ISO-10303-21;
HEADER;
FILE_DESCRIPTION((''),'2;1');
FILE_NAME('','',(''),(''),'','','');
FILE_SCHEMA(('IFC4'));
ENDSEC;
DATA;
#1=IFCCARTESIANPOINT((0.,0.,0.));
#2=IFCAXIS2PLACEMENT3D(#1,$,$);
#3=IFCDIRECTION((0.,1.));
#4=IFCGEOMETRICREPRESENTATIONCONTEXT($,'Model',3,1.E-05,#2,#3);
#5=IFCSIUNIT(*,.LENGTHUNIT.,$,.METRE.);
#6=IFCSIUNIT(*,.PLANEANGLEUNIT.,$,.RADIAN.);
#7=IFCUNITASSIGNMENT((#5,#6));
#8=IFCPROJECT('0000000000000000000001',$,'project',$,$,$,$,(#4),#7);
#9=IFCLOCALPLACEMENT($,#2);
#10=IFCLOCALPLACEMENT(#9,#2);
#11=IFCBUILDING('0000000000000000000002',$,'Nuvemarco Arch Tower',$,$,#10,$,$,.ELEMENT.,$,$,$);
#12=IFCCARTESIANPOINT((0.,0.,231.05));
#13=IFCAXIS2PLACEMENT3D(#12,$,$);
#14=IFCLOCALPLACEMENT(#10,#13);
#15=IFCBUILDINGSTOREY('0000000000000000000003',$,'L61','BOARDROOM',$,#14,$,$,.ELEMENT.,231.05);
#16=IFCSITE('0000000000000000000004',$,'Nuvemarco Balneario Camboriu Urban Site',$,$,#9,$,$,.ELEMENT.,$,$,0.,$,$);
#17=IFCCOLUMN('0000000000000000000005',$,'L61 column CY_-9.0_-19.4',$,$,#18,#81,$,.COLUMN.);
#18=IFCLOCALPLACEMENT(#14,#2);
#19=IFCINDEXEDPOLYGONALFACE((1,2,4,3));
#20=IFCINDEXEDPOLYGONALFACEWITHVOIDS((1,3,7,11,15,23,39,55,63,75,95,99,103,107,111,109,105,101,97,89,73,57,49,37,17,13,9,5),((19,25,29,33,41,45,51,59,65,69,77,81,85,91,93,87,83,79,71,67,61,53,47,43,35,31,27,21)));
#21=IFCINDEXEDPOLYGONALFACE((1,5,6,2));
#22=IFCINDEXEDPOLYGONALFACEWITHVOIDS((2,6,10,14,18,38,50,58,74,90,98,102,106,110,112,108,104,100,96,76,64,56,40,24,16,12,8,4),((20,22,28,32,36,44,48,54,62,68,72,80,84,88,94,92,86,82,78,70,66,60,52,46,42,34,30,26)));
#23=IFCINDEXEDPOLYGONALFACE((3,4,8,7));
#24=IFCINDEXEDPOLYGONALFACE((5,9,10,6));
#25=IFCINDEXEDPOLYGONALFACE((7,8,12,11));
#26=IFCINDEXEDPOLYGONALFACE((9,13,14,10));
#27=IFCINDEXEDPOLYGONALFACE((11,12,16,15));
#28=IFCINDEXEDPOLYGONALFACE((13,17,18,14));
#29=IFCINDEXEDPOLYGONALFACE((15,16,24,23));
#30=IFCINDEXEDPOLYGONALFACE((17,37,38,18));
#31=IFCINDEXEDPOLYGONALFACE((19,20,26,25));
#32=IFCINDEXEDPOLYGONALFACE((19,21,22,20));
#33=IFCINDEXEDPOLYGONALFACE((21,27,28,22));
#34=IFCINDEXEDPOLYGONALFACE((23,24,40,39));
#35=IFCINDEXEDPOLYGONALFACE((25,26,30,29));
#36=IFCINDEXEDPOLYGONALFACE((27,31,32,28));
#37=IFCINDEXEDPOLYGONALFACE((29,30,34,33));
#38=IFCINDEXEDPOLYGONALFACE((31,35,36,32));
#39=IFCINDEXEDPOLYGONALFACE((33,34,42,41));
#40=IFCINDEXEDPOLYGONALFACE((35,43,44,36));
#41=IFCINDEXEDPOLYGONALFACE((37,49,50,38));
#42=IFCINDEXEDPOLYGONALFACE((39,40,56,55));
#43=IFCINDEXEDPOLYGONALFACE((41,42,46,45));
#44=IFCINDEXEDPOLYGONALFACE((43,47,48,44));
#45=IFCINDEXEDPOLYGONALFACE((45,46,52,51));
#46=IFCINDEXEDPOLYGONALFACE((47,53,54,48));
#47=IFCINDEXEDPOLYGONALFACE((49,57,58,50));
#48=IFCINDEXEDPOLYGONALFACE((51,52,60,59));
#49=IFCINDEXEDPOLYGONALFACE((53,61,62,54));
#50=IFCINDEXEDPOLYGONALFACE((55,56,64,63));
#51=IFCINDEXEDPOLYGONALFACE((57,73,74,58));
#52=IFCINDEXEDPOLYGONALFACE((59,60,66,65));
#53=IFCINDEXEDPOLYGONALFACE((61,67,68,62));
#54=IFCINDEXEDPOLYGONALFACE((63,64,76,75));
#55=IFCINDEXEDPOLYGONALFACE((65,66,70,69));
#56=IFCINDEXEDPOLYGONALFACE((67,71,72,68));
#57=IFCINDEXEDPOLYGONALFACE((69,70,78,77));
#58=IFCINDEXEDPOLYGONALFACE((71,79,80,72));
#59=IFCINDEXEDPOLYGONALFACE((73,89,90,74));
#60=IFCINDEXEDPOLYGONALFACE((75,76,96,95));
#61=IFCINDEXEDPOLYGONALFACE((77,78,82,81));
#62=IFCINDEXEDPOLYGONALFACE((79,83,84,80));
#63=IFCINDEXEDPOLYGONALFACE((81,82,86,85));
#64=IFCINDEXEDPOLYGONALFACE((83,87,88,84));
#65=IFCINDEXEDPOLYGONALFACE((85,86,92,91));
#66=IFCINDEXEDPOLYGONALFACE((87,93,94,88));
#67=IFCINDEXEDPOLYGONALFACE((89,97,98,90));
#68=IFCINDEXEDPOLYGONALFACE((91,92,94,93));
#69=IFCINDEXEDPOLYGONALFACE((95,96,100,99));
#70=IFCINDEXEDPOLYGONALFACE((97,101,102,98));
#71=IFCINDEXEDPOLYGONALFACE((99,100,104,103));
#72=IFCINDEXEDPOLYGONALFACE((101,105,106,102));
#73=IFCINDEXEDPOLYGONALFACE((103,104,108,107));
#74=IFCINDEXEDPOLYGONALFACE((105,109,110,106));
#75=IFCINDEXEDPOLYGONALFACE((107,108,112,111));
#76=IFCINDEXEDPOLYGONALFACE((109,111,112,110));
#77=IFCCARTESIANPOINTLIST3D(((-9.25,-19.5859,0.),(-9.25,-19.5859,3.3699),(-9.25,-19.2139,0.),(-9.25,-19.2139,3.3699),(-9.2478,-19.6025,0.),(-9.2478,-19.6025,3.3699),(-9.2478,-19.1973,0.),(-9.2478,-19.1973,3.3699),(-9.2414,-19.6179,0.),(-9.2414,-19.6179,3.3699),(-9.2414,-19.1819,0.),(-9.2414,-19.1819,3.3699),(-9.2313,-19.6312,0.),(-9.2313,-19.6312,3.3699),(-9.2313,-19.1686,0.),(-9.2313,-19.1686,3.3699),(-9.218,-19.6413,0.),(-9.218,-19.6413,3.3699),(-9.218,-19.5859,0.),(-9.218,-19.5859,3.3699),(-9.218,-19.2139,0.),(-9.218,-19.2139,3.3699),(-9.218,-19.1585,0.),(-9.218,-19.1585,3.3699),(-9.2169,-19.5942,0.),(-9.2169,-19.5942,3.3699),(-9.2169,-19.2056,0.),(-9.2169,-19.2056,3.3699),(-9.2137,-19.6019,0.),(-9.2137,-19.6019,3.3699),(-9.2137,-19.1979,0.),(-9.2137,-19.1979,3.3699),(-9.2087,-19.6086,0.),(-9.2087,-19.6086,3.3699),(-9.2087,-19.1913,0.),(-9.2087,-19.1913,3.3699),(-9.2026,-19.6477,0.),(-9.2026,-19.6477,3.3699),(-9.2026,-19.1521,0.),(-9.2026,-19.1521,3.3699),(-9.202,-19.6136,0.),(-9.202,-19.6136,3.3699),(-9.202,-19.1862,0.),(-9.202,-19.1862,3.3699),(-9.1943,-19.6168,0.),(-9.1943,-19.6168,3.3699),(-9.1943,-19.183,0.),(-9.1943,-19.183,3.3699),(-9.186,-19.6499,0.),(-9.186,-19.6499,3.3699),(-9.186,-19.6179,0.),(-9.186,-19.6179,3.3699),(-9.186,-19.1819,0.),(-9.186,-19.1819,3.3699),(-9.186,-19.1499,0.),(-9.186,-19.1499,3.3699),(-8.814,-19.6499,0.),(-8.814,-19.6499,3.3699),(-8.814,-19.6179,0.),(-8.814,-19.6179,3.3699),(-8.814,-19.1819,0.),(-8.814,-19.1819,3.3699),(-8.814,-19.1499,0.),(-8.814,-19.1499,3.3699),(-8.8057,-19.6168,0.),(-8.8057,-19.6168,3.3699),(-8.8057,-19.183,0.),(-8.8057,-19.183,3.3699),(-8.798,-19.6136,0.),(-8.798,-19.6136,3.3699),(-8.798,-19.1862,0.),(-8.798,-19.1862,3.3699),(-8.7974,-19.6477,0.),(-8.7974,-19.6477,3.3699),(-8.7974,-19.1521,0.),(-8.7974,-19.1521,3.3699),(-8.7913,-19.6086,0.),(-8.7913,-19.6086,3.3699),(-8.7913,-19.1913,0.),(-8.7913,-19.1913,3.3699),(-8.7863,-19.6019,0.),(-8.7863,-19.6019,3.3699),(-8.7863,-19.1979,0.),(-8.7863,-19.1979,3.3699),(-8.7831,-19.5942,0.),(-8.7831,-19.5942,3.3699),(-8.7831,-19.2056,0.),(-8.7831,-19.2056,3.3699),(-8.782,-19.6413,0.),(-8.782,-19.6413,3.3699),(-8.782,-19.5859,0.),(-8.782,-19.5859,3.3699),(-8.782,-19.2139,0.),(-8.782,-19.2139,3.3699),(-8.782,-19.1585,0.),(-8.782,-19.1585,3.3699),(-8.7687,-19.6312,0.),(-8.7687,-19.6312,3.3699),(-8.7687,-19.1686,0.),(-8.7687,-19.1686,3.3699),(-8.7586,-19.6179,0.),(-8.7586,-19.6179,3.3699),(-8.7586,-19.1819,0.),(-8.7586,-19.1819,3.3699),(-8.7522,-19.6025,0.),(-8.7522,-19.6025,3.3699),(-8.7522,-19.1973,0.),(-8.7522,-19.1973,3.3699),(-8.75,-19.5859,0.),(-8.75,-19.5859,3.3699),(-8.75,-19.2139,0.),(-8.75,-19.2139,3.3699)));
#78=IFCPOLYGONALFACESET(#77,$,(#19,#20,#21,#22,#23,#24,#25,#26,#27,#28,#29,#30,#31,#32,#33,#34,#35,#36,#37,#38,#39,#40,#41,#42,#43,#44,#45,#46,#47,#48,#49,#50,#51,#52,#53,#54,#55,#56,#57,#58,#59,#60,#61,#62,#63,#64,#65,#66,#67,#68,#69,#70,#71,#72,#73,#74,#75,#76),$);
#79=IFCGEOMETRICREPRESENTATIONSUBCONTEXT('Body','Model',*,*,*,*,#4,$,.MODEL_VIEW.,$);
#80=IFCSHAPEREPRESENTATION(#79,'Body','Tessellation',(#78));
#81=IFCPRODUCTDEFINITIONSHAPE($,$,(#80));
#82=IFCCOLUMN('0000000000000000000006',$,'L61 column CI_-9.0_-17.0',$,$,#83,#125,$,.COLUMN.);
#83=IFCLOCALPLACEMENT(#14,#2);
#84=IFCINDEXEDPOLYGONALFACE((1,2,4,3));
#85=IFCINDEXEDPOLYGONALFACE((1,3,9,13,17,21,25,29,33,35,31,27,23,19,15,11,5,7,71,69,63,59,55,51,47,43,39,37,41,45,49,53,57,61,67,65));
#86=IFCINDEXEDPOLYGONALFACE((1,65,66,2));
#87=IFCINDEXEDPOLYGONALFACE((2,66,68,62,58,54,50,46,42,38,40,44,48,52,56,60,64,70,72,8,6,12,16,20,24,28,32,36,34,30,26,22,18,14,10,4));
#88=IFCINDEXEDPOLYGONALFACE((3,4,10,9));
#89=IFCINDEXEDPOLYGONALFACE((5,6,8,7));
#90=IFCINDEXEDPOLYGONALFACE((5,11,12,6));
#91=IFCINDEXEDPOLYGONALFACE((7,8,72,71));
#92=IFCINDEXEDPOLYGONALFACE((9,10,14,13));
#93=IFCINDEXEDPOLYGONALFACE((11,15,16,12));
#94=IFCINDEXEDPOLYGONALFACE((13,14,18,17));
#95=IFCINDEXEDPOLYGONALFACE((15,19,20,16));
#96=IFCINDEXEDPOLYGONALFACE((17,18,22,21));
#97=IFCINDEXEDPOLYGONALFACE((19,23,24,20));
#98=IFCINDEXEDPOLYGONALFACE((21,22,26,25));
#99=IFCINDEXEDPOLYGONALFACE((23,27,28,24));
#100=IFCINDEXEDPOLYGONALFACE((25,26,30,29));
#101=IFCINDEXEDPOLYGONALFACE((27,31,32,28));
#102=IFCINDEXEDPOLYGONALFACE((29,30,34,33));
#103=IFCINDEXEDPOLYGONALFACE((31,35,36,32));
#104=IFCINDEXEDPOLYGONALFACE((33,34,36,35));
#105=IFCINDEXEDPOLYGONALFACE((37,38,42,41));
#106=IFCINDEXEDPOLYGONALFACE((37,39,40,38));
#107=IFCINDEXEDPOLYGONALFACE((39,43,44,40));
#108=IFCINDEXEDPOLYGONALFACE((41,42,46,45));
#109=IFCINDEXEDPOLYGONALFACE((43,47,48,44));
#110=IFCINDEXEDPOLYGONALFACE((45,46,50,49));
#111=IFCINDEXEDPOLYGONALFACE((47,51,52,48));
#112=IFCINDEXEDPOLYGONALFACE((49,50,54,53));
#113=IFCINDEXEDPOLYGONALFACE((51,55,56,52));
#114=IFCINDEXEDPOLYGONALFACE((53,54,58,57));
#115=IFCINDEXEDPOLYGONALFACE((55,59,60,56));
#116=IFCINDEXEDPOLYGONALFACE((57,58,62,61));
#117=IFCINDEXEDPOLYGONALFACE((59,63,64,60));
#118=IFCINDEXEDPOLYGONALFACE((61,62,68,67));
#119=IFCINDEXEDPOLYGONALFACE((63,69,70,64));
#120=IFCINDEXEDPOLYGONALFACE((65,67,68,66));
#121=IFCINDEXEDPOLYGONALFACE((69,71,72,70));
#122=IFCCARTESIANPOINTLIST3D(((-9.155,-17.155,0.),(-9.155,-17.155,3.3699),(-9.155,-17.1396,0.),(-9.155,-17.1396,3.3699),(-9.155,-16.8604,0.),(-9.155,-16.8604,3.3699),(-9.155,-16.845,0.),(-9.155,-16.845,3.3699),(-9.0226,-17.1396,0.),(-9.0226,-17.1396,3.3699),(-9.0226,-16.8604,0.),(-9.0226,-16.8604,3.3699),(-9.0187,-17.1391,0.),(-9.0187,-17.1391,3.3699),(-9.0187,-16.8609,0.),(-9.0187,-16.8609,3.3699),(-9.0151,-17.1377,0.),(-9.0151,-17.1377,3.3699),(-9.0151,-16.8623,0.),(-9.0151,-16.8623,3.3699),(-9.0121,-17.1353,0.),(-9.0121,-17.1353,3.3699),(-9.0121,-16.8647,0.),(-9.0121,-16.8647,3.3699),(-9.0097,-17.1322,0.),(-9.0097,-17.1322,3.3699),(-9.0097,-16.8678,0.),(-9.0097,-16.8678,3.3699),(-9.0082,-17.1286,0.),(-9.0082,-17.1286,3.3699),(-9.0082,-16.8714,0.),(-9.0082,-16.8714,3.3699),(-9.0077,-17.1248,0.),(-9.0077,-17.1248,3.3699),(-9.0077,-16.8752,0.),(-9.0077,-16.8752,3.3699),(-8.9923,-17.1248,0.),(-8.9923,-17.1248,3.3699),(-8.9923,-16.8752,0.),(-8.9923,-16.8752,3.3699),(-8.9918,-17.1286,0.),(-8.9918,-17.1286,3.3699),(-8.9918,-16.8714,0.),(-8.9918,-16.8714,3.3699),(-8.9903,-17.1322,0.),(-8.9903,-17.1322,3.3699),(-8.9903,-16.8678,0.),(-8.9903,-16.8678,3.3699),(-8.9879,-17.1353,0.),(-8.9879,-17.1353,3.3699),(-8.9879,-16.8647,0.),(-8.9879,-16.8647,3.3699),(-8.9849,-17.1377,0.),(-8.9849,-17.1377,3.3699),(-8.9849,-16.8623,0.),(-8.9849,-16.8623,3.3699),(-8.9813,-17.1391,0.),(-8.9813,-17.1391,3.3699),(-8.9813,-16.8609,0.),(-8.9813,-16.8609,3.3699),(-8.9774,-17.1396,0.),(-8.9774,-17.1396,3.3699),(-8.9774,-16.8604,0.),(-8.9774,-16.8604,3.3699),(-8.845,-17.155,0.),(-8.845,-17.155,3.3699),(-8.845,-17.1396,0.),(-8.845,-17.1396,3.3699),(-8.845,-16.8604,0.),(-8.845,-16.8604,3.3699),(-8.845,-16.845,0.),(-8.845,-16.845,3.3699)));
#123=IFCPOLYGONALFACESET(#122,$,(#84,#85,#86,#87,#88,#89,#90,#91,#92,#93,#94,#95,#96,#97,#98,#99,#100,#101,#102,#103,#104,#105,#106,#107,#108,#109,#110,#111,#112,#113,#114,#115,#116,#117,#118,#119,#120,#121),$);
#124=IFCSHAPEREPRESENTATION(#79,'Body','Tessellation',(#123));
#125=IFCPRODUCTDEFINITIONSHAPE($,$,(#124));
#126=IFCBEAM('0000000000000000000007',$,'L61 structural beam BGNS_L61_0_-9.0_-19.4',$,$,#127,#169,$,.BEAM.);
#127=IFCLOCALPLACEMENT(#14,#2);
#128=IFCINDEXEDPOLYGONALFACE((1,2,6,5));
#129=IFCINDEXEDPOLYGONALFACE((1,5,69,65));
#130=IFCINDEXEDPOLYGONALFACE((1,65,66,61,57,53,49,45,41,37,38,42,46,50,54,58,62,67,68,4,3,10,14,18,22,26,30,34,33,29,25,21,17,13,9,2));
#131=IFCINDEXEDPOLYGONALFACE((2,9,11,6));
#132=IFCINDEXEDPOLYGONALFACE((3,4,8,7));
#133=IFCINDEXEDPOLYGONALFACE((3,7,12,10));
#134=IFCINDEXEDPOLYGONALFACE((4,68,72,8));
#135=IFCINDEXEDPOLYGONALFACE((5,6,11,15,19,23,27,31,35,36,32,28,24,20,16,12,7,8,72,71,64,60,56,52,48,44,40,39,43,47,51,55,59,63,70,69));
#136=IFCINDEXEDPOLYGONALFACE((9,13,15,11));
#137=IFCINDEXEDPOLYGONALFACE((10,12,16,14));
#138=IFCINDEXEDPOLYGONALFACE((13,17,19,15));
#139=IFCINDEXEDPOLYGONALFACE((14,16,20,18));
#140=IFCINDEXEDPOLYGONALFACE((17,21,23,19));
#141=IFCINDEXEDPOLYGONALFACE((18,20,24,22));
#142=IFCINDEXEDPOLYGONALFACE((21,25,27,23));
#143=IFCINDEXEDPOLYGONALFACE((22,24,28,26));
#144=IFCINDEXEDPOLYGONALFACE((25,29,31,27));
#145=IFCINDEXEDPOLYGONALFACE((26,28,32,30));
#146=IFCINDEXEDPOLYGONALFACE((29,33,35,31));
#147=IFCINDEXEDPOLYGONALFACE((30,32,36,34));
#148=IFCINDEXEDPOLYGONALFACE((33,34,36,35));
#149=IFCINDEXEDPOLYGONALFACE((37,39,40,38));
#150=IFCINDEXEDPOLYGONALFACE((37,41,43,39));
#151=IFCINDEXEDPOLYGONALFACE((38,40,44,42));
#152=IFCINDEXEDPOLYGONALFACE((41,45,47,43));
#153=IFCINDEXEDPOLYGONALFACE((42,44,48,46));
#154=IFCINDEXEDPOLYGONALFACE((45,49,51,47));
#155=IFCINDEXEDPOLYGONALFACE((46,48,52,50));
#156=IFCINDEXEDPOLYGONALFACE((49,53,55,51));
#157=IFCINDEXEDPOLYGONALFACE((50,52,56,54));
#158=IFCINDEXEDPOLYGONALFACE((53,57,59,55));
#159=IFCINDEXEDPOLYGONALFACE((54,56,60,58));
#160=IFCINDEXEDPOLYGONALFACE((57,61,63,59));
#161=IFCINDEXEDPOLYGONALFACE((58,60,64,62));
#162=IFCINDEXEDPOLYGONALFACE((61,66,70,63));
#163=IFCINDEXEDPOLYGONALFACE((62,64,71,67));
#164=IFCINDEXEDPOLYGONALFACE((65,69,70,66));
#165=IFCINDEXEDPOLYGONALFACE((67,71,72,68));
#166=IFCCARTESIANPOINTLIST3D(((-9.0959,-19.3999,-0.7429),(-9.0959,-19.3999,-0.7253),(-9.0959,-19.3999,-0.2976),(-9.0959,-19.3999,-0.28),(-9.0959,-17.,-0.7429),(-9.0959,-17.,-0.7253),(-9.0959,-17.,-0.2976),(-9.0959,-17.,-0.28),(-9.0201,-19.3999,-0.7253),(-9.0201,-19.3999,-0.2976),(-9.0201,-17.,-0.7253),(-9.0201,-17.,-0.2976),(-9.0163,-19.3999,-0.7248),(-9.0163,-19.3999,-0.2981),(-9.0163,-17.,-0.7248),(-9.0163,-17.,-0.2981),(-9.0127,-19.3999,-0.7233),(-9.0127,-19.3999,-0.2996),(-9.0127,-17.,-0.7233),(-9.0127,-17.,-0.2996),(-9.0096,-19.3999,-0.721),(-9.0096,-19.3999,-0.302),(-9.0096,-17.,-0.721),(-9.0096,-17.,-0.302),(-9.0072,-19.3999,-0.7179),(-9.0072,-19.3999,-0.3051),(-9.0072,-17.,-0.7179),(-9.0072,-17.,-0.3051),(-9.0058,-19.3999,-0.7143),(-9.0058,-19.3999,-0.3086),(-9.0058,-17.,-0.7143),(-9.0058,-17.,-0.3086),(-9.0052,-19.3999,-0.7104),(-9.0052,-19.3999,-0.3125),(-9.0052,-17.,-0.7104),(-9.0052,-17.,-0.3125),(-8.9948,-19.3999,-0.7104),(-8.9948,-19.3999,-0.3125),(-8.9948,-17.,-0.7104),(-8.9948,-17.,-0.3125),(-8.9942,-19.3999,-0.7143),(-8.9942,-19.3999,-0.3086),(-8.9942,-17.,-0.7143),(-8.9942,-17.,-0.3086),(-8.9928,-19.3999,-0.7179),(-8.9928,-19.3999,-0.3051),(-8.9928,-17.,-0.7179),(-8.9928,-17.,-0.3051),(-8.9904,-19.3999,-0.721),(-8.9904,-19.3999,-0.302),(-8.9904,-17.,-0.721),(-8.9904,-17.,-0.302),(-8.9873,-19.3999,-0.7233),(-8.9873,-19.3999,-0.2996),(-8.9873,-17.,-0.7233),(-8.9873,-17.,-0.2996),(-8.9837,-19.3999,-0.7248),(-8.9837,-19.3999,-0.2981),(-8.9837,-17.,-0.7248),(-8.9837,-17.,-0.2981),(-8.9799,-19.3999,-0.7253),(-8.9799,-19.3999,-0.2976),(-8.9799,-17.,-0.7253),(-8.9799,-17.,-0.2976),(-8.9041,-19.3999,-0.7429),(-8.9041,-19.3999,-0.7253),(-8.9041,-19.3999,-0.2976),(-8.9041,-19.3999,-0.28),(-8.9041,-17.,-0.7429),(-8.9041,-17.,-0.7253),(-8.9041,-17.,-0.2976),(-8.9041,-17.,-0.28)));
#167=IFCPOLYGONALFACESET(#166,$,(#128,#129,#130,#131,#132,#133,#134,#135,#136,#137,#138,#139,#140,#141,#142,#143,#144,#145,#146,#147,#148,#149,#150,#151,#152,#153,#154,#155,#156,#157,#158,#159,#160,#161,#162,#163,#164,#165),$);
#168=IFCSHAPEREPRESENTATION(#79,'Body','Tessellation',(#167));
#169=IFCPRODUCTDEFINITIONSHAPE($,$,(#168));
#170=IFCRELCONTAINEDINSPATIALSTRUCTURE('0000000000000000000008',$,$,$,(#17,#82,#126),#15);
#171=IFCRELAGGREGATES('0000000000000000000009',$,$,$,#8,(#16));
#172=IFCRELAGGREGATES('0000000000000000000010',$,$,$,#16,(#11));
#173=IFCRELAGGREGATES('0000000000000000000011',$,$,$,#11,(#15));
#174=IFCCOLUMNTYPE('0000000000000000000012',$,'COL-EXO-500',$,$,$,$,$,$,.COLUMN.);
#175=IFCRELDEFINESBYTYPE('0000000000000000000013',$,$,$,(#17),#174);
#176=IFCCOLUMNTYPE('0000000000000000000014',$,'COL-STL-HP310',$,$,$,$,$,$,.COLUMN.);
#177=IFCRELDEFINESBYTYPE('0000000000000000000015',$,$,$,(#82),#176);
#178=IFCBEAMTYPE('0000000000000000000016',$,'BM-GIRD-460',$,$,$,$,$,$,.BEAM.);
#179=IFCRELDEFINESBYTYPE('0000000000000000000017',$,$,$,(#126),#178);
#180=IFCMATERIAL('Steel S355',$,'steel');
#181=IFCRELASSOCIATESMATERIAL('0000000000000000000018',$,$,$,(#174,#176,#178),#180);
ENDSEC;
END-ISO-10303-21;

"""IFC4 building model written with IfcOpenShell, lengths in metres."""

from ifc_helpers import new_model, si_unit, direction, frame, origin, origin_2d, place, context, subcontext, project, spatial, hollow_rectangle, i_section, extrude, material, material_profile, profile_set, type_object, element, save


model = new_model("IFC4")

# Units and contexts
model_context = context("Model", 3, precision=1e-05, world=origin(), true_north=direction((0.0, 1.0)))
body_context = subcontext(model_context, "Body", "Model", "MODEL_VIEW")
ifc_project = project(units=[si_unit("LENGTHUNIT", "METRE"), si_unit("PLANEANGLEUNIT", "RADIAN")], contexts=[model_context])

# Site, building, storey
site_placement = place(None, origin())
site = spatial("IfcSite", under=ifc_project, at=site_placement, Name="Nuvemarco Balneario Camboriu Urban Site", CompositionType="ELEMENT", RefElevation=0.0)
building_placement = place(site_placement, origin())
building = spatial("IfcBuilding", under=site, at=building_placement, Name="Nuvemarco Arch Tower", CompositionType="ELEMENT")
storey_placement = place(building_placement, frame((0.0, 0.0, 231.05)))
storey = spatial("IfcBuildingStorey", under=building, at=storey_placement, Name="L61", Description="BOARDROOM", CompositionType="ELEMENT", Elevation=231.05)

# Columns
ifc_material_1 = material(Name="Steel S355", Category="steel")
ifc_material_profile_1 = material_profile(ifc_material_1, hollow_rectangle(XDim=0.5, YDim=0.5, WallThickness=0.032, InnerFilletRadius=0.032, OuterFilletRadius=0.064, at=origin_2d()), Name="SHS500x500x32")
ifc_profile_set_1 = profile_set([ifc_material_profile_1], Name="Steel S355")
column_type_1 = type_object("IfcColumnType", Name="COL-EXO-500", PredefinedType="COLUMN", material=ifc_profile_set_1)
column_1_placement = place(storey_placement, frame((-9.0, -19.3999, 0.0), z_axis=(0.0, 0.0, 1.0), x_axis=(1.0, 0.0, 0.0)))
element("IfcColumn", 1, at=column_1_placement, inside=storey, type_object=column_type_1, Name="L61 column CY_-9.0_-19.4", PredefinedType="COLUMN", context=body_context, shape_type="SweptSolid", body=[
    extrude(hollow_rectangle(XDim=0.5, YDim=0.5, WallThickness=0.032, InnerFilletRadius=0.032, OuterFilletRadius=0.064, at=origin_2d()), origin(), (0.0, 0.0, 1.0), 3.3699),
])
ifc_material_profile_2 = material_profile(ifc_material_1, i_section(OverallWidth=0.3101, OverallDepth=0.3101, WebThickness=0.0154, FlangeThickness=0.0154, FilletRadius=0.0149, at=origin_2d()), Name="HP310x110")
ifc_profile_set_2 = profile_set([ifc_material_profile_2], Name="Steel S355")
column_type_2 = type_object("IfcColumnType", Name="COL-STL-HP310", PredefinedType="COLUMN", material=ifc_profile_set_2)
column_2_placement = place(storey_placement, frame((-9.0, -17.0, 0.0), z_axis=(0.0, 0.0, 1.0), x_axis=(1.0, 0.0, 0.0)))
element("IfcColumn", 2, at=column_2_placement, inside=storey, type_object=column_type_2, Name="L61 column CI_-9.0_-17.0", PredefinedType="COLUMN", context=body_context, shape_type="SweptSolid", body=[
    extrude(i_section(OverallWidth=0.3101, OverallDepth=0.3101, WebThickness=0.0154, FlangeThickness=0.0154, FilletRadius=0.0149, at=origin_2d()), origin(), (0.0, 0.0, 1.0), 3.3699),
])

# Beam
ifc_material_profile_3 = material_profile(ifc_material_1, i_section(OverallWidth=0.1919, OverallDepth=0.4629, WebThickness=0.0105, FlangeThickness=0.0176, FilletRadius=0.0149, at=origin_2d()), Name="W460x89")
ifc_profile_set_3 = profile_set([ifc_material_profile_3], Name="Steel S355")
beam_type_1 = type_object("IfcBeamType", Name="BM-GIRD-460", PredefinedType="BEAM", material=ifc_profile_set_3)
beam_1_placement = place(storey_placement, frame((-9.0, -19.3999, -0.5115), z_axis=(0.0, 1.0, 0.0), x_axis=(-1.0, 0.0, 0.0)))
element("IfcBeam", 3, at=beam_1_placement, inside=storey, type_object=beam_type_1, Name="L61 structural beam BGNS_L61_0_-9.0_-19.4", PredefinedType="BEAM", context=body_context, shape_type="SweptSolid", body=[
    extrude(i_section(OverallWidth=0.1919, OverallDepth=0.4629, WebThickness=0.0105, FlangeThickness=0.0176, FilletRadius=0.0149, at=origin_2d()), origin(), (0.0, 0.0, 1.0), 2.3999),
])

save(model, "model.ifc")
